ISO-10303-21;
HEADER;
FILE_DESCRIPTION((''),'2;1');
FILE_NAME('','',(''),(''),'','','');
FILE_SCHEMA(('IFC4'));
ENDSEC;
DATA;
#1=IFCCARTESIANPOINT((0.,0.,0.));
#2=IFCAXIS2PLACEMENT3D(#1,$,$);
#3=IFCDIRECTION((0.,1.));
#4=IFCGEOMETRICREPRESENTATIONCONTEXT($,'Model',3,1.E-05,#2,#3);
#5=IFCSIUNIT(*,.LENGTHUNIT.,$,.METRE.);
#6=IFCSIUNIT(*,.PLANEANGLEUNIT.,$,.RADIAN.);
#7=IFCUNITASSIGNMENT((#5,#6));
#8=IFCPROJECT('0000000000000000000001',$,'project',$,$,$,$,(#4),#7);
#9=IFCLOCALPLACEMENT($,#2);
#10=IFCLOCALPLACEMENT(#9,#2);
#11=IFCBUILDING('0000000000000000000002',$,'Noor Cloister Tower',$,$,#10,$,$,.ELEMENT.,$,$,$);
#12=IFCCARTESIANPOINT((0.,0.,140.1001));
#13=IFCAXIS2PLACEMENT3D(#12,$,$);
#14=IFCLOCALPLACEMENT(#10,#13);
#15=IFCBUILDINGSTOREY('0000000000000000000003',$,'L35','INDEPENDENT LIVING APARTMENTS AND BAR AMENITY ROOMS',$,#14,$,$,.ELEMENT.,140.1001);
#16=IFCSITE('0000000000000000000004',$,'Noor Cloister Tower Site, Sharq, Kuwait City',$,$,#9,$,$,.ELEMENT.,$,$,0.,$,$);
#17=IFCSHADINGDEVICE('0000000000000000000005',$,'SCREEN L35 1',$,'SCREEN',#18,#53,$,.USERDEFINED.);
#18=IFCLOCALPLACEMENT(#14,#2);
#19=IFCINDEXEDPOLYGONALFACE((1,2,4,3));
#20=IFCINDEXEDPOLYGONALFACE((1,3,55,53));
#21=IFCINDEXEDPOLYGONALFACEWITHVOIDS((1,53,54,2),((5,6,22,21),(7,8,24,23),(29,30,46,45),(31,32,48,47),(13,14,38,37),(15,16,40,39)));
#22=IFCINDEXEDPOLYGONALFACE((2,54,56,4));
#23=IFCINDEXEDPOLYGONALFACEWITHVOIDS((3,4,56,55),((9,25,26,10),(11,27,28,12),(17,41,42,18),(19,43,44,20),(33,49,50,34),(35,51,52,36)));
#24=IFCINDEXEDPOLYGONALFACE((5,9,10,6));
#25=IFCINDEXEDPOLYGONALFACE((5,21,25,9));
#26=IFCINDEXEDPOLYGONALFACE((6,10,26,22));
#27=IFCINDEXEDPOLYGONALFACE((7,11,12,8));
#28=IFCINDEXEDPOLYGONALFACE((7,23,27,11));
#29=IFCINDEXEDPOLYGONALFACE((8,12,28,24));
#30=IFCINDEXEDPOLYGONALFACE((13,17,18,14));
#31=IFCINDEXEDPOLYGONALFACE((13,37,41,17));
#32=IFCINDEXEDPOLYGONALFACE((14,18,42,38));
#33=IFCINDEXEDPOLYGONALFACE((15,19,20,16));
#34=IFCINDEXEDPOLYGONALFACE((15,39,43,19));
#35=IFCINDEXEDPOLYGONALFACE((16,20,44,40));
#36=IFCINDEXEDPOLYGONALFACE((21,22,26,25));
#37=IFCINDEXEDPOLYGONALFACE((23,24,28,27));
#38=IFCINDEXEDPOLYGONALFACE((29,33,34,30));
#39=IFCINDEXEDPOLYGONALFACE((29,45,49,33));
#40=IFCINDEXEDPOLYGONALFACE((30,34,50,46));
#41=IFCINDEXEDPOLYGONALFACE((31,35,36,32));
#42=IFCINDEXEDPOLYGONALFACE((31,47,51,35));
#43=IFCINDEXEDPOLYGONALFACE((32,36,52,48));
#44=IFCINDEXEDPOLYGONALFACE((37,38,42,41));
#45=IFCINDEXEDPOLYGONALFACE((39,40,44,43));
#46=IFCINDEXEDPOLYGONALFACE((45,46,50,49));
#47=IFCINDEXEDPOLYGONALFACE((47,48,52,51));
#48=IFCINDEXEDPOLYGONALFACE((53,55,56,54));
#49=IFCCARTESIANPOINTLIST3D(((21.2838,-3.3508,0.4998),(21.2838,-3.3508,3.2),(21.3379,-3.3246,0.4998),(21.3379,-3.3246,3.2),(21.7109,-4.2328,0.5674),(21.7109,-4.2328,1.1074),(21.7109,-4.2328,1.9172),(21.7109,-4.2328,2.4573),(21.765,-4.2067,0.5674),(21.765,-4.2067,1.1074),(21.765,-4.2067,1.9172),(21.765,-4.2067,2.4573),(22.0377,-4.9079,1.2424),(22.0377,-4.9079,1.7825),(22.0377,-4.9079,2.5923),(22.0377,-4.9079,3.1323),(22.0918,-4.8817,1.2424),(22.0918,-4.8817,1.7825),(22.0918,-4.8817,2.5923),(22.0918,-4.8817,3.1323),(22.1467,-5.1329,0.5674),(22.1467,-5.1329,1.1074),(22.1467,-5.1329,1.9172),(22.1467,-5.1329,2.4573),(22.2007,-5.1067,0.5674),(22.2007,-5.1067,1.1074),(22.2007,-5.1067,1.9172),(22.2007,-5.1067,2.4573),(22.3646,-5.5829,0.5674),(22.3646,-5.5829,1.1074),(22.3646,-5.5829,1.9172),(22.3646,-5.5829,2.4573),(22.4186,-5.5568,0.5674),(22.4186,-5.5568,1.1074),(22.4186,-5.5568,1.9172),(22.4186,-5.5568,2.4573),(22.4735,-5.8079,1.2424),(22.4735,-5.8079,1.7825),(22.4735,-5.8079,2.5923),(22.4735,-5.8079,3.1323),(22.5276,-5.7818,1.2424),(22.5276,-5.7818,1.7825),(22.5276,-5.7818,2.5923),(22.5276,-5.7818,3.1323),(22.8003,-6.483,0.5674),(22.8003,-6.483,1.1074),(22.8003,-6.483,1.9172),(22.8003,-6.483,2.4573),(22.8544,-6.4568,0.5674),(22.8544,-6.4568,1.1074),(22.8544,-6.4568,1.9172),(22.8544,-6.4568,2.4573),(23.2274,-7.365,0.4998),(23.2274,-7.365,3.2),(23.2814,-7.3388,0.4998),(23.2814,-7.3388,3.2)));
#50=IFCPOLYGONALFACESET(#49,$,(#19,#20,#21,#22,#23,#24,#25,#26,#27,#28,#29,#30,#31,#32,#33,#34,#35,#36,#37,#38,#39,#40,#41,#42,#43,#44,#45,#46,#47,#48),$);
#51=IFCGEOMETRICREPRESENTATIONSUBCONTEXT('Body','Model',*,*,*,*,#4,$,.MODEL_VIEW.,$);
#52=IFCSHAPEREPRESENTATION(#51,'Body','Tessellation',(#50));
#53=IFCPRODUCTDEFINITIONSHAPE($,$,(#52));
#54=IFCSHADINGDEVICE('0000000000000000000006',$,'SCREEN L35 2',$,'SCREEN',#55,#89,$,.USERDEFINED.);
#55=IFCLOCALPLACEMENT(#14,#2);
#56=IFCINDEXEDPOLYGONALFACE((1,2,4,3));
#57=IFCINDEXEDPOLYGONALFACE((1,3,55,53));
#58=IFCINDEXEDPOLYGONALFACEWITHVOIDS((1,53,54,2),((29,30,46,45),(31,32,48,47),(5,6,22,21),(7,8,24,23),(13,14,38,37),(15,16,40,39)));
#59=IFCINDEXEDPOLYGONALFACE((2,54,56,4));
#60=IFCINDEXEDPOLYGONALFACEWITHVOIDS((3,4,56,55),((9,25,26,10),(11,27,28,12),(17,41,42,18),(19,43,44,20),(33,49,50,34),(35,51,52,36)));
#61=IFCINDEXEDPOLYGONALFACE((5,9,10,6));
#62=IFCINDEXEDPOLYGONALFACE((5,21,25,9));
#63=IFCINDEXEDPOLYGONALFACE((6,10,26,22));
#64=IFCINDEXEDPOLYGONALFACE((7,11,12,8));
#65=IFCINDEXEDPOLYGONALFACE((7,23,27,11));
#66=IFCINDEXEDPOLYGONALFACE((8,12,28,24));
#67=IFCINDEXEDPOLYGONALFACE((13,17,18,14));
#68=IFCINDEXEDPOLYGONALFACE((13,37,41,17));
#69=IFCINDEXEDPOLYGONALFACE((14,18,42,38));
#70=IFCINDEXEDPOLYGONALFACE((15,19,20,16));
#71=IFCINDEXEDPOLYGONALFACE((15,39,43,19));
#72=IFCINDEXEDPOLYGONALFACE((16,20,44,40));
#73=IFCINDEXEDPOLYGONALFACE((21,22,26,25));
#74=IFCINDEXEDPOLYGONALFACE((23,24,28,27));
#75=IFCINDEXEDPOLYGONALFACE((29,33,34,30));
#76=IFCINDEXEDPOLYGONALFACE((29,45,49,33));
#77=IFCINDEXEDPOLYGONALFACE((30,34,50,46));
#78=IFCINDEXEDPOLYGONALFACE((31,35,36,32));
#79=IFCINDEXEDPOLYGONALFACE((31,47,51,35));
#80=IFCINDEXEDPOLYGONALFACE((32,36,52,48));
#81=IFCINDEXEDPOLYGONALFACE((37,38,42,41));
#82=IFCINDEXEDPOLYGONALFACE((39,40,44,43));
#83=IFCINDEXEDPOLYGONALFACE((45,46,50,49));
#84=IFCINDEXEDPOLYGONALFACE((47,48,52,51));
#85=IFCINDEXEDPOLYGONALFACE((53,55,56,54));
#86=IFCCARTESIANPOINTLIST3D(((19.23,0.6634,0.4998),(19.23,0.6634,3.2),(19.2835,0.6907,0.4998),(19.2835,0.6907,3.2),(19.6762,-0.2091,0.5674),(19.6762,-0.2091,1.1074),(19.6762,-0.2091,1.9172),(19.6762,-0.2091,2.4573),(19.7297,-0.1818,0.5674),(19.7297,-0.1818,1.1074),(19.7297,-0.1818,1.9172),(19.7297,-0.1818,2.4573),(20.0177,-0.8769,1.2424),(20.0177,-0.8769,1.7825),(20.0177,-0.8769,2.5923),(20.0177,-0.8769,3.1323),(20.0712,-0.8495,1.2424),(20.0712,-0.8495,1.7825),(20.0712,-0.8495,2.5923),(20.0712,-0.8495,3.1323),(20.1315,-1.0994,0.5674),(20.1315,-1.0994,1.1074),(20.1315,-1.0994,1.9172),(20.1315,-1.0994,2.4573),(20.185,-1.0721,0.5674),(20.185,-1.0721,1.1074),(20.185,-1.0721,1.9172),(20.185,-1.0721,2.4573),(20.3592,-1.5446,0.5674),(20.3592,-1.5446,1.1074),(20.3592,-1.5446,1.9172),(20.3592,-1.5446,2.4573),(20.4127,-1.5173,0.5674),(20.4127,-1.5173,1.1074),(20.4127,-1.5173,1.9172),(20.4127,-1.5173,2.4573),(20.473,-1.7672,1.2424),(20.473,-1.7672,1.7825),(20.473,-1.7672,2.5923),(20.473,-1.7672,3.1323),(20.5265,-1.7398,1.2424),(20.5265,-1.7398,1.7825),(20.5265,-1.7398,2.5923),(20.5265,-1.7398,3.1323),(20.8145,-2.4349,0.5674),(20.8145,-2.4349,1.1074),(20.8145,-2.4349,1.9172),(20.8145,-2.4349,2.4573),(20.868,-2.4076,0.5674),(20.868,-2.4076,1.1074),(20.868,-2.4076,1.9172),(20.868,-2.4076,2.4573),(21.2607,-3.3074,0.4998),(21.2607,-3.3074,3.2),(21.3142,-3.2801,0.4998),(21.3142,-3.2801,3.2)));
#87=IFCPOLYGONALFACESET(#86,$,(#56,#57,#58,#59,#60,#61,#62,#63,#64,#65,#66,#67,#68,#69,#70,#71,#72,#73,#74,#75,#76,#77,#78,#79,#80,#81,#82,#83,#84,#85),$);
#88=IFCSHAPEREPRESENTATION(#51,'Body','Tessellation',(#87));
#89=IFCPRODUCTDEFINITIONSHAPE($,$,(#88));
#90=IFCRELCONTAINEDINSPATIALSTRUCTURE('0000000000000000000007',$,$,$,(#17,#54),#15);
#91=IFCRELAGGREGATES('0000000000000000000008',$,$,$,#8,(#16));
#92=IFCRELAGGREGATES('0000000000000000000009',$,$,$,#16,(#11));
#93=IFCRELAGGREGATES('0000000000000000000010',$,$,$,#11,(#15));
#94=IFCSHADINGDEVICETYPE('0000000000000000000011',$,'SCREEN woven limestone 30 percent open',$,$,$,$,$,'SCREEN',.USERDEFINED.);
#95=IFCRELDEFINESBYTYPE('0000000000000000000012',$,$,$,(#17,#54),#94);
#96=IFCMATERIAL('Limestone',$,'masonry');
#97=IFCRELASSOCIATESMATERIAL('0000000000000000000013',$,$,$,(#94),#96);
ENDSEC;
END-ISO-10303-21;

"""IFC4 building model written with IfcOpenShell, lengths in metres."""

from ifc_helpers import new_model, si_unit, direction, frame, origin, place, context, subcontext, project, spatial, polyline, outline, extrude, material, material_profile, profile_set, type_object, element, save


model = new_model("IFC4")

# Units and contexts
model_context = context("Model", 3, precision=1e-05, world=origin(), true_north=direction((0.0, 1.0)))
body_context = subcontext(model_context, "Body", "Model", "MODEL_VIEW")
ifc_project = project(units=[si_unit("LENGTHUNIT", "METRE"), si_unit("PLANEANGLEUNIT", "RADIAN")], contexts=[model_context])

# Site, building, storey
site_placement = place(None, origin())
site = spatial("IfcSite", under=ifc_project, at=site_placement, Name="Noor Cloister Tower Site, Sharq, Kuwait City", CompositionType="ELEMENT", RefElevation=0.0)
building_placement = place(site_placement, origin())
building = spatial("IfcBuilding", under=site, at=building_placement, Name="Noor Cloister Tower", CompositionType="ELEMENT")
storey_placement = place(building_placement, frame((0.0, 0.0, 140.1001)))
storey = spatial("IfcBuildingStorey", under=building, at=storey_placement, Name="L35", Description="INDEPENDENT LIVING APARTMENTS AND BAR AMENITY ROOMS", CompositionType="ELEMENT", Elevation=140.1001)

# Shading devices
ifc_material_1 = material(Name="Limestone", Category="masonry")
ifc_material_profile_1 = material_profile(ifc_material_1, outline(polyline([(-2.23, -1.3501), (2.23, -1.3501), (2.23, 1.3501), (-2.23, 1.3501), (-2.23, -1.3501)]), holes=[polyline([(-1.25, -1.2825), (-0.25, -1.2825), (-0.25, -0.7424), (-1.25, -0.7424), (-1.25, -1.2825)]), polyline([(0.25, -1.2825), (1.25, -1.2825), (1.25, -0.7424), (0.25, -0.7424), (0.25, -1.2825)]), polyline([(-0.5, -0.6074), (0.5, -0.6074), (0.5, -0.0674), (-0.5, -0.0674), (-0.5, -0.6074)]), polyline([(-1.25, 0.0674), (-0.25, 0.0674), (-0.25, 0.6074), (-1.25, 0.6074), (-1.25, 0.0674)]), polyline([(0.25, 0.0674), (1.25, 0.0674), (1.25, 0.6074), (0.25, 0.6074), (0.25, 0.0674)]), polyline([(-0.5, 0.7424), (0.5, 0.7424), (0.5, 1.2825), (-0.5, 1.2825), (-0.5, 0.7424)])]), Name="Woven screen 30 percent open")
ifc_profile_set_1 = profile_set([ifc_material_profile_1], Name="Limestone")
shading_device_type = type_object("IfcShadingDeviceType", Name="SCREEN woven limestone 30 percent open", ElementType="SCREEN", PredefinedType="USERDEFINED", material=ifc_profile_set_1)
for number, where, z_axis, x_axis, name in (
    (1, (22.2556, -5.3579, 1.8499), (0.900056, 0.435774, 0.0), (-0.435774, 0.900056, 0.0), "SCREEN L35 1"),
    (2, (20.2454, -1.322, 1.8499), (0.890325, 0.455326, 0.0), (-0.455326, 0.890325, 0.0), "SCREEN L35 2"),
):
    element("IfcShadingDevice", number, at=place(storey_placement, frame(where, z_axis=z_axis, x_axis=x_axis)), inside=storey, type_object=shading_device_type, Name=name, ObjectType="SCREEN", PredefinedType="USERDEFINED", context=body_context, shape_type="SweptSolid", body=[
        extrude(outline(polyline([(-2.23, -1.3501), (2.23, -1.3501), (2.23, 1.3501), (-2.23, 1.3501), (-2.23, -1.3501)]), holes=[polyline([(-1.25, -1.2825), (-0.25, -1.2825), (-0.25, -0.7424), (-1.25, -0.7424), (-1.25, -1.2825)]), polyline([(0.25, -1.2825), (1.25, -1.2825), (1.25, -0.7424), (0.25, -0.7424), (0.25, -1.2825)]), polyline([(-0.5, -0.6074), (0.5, -0.6074), (0.5, -0.0674), (-0.5, -0.0674), (-0.5, -0.6074)]), polyline([(-1.25, 0.0674), (-0.25, 0.0674), (-0.25, 0.6074), (-1.25, 0.6074), (-1.25, 0.0674)]), polyline([(0.25, 0.0674), (1.25, 0.0674), (1.25, 0.6074), (0.25, 0.6074), (0.25, 0.0674)]), polyline([(-0.5, 0.7424), (0.5, 0.7424), (0.5, 1.2825), (-0.5, 1.2825), (-0.5, 0.7424)])]), origin(), (0.0, 0.0, 1.0), 0.0601),
    ])

save(model, "model.ifc")
